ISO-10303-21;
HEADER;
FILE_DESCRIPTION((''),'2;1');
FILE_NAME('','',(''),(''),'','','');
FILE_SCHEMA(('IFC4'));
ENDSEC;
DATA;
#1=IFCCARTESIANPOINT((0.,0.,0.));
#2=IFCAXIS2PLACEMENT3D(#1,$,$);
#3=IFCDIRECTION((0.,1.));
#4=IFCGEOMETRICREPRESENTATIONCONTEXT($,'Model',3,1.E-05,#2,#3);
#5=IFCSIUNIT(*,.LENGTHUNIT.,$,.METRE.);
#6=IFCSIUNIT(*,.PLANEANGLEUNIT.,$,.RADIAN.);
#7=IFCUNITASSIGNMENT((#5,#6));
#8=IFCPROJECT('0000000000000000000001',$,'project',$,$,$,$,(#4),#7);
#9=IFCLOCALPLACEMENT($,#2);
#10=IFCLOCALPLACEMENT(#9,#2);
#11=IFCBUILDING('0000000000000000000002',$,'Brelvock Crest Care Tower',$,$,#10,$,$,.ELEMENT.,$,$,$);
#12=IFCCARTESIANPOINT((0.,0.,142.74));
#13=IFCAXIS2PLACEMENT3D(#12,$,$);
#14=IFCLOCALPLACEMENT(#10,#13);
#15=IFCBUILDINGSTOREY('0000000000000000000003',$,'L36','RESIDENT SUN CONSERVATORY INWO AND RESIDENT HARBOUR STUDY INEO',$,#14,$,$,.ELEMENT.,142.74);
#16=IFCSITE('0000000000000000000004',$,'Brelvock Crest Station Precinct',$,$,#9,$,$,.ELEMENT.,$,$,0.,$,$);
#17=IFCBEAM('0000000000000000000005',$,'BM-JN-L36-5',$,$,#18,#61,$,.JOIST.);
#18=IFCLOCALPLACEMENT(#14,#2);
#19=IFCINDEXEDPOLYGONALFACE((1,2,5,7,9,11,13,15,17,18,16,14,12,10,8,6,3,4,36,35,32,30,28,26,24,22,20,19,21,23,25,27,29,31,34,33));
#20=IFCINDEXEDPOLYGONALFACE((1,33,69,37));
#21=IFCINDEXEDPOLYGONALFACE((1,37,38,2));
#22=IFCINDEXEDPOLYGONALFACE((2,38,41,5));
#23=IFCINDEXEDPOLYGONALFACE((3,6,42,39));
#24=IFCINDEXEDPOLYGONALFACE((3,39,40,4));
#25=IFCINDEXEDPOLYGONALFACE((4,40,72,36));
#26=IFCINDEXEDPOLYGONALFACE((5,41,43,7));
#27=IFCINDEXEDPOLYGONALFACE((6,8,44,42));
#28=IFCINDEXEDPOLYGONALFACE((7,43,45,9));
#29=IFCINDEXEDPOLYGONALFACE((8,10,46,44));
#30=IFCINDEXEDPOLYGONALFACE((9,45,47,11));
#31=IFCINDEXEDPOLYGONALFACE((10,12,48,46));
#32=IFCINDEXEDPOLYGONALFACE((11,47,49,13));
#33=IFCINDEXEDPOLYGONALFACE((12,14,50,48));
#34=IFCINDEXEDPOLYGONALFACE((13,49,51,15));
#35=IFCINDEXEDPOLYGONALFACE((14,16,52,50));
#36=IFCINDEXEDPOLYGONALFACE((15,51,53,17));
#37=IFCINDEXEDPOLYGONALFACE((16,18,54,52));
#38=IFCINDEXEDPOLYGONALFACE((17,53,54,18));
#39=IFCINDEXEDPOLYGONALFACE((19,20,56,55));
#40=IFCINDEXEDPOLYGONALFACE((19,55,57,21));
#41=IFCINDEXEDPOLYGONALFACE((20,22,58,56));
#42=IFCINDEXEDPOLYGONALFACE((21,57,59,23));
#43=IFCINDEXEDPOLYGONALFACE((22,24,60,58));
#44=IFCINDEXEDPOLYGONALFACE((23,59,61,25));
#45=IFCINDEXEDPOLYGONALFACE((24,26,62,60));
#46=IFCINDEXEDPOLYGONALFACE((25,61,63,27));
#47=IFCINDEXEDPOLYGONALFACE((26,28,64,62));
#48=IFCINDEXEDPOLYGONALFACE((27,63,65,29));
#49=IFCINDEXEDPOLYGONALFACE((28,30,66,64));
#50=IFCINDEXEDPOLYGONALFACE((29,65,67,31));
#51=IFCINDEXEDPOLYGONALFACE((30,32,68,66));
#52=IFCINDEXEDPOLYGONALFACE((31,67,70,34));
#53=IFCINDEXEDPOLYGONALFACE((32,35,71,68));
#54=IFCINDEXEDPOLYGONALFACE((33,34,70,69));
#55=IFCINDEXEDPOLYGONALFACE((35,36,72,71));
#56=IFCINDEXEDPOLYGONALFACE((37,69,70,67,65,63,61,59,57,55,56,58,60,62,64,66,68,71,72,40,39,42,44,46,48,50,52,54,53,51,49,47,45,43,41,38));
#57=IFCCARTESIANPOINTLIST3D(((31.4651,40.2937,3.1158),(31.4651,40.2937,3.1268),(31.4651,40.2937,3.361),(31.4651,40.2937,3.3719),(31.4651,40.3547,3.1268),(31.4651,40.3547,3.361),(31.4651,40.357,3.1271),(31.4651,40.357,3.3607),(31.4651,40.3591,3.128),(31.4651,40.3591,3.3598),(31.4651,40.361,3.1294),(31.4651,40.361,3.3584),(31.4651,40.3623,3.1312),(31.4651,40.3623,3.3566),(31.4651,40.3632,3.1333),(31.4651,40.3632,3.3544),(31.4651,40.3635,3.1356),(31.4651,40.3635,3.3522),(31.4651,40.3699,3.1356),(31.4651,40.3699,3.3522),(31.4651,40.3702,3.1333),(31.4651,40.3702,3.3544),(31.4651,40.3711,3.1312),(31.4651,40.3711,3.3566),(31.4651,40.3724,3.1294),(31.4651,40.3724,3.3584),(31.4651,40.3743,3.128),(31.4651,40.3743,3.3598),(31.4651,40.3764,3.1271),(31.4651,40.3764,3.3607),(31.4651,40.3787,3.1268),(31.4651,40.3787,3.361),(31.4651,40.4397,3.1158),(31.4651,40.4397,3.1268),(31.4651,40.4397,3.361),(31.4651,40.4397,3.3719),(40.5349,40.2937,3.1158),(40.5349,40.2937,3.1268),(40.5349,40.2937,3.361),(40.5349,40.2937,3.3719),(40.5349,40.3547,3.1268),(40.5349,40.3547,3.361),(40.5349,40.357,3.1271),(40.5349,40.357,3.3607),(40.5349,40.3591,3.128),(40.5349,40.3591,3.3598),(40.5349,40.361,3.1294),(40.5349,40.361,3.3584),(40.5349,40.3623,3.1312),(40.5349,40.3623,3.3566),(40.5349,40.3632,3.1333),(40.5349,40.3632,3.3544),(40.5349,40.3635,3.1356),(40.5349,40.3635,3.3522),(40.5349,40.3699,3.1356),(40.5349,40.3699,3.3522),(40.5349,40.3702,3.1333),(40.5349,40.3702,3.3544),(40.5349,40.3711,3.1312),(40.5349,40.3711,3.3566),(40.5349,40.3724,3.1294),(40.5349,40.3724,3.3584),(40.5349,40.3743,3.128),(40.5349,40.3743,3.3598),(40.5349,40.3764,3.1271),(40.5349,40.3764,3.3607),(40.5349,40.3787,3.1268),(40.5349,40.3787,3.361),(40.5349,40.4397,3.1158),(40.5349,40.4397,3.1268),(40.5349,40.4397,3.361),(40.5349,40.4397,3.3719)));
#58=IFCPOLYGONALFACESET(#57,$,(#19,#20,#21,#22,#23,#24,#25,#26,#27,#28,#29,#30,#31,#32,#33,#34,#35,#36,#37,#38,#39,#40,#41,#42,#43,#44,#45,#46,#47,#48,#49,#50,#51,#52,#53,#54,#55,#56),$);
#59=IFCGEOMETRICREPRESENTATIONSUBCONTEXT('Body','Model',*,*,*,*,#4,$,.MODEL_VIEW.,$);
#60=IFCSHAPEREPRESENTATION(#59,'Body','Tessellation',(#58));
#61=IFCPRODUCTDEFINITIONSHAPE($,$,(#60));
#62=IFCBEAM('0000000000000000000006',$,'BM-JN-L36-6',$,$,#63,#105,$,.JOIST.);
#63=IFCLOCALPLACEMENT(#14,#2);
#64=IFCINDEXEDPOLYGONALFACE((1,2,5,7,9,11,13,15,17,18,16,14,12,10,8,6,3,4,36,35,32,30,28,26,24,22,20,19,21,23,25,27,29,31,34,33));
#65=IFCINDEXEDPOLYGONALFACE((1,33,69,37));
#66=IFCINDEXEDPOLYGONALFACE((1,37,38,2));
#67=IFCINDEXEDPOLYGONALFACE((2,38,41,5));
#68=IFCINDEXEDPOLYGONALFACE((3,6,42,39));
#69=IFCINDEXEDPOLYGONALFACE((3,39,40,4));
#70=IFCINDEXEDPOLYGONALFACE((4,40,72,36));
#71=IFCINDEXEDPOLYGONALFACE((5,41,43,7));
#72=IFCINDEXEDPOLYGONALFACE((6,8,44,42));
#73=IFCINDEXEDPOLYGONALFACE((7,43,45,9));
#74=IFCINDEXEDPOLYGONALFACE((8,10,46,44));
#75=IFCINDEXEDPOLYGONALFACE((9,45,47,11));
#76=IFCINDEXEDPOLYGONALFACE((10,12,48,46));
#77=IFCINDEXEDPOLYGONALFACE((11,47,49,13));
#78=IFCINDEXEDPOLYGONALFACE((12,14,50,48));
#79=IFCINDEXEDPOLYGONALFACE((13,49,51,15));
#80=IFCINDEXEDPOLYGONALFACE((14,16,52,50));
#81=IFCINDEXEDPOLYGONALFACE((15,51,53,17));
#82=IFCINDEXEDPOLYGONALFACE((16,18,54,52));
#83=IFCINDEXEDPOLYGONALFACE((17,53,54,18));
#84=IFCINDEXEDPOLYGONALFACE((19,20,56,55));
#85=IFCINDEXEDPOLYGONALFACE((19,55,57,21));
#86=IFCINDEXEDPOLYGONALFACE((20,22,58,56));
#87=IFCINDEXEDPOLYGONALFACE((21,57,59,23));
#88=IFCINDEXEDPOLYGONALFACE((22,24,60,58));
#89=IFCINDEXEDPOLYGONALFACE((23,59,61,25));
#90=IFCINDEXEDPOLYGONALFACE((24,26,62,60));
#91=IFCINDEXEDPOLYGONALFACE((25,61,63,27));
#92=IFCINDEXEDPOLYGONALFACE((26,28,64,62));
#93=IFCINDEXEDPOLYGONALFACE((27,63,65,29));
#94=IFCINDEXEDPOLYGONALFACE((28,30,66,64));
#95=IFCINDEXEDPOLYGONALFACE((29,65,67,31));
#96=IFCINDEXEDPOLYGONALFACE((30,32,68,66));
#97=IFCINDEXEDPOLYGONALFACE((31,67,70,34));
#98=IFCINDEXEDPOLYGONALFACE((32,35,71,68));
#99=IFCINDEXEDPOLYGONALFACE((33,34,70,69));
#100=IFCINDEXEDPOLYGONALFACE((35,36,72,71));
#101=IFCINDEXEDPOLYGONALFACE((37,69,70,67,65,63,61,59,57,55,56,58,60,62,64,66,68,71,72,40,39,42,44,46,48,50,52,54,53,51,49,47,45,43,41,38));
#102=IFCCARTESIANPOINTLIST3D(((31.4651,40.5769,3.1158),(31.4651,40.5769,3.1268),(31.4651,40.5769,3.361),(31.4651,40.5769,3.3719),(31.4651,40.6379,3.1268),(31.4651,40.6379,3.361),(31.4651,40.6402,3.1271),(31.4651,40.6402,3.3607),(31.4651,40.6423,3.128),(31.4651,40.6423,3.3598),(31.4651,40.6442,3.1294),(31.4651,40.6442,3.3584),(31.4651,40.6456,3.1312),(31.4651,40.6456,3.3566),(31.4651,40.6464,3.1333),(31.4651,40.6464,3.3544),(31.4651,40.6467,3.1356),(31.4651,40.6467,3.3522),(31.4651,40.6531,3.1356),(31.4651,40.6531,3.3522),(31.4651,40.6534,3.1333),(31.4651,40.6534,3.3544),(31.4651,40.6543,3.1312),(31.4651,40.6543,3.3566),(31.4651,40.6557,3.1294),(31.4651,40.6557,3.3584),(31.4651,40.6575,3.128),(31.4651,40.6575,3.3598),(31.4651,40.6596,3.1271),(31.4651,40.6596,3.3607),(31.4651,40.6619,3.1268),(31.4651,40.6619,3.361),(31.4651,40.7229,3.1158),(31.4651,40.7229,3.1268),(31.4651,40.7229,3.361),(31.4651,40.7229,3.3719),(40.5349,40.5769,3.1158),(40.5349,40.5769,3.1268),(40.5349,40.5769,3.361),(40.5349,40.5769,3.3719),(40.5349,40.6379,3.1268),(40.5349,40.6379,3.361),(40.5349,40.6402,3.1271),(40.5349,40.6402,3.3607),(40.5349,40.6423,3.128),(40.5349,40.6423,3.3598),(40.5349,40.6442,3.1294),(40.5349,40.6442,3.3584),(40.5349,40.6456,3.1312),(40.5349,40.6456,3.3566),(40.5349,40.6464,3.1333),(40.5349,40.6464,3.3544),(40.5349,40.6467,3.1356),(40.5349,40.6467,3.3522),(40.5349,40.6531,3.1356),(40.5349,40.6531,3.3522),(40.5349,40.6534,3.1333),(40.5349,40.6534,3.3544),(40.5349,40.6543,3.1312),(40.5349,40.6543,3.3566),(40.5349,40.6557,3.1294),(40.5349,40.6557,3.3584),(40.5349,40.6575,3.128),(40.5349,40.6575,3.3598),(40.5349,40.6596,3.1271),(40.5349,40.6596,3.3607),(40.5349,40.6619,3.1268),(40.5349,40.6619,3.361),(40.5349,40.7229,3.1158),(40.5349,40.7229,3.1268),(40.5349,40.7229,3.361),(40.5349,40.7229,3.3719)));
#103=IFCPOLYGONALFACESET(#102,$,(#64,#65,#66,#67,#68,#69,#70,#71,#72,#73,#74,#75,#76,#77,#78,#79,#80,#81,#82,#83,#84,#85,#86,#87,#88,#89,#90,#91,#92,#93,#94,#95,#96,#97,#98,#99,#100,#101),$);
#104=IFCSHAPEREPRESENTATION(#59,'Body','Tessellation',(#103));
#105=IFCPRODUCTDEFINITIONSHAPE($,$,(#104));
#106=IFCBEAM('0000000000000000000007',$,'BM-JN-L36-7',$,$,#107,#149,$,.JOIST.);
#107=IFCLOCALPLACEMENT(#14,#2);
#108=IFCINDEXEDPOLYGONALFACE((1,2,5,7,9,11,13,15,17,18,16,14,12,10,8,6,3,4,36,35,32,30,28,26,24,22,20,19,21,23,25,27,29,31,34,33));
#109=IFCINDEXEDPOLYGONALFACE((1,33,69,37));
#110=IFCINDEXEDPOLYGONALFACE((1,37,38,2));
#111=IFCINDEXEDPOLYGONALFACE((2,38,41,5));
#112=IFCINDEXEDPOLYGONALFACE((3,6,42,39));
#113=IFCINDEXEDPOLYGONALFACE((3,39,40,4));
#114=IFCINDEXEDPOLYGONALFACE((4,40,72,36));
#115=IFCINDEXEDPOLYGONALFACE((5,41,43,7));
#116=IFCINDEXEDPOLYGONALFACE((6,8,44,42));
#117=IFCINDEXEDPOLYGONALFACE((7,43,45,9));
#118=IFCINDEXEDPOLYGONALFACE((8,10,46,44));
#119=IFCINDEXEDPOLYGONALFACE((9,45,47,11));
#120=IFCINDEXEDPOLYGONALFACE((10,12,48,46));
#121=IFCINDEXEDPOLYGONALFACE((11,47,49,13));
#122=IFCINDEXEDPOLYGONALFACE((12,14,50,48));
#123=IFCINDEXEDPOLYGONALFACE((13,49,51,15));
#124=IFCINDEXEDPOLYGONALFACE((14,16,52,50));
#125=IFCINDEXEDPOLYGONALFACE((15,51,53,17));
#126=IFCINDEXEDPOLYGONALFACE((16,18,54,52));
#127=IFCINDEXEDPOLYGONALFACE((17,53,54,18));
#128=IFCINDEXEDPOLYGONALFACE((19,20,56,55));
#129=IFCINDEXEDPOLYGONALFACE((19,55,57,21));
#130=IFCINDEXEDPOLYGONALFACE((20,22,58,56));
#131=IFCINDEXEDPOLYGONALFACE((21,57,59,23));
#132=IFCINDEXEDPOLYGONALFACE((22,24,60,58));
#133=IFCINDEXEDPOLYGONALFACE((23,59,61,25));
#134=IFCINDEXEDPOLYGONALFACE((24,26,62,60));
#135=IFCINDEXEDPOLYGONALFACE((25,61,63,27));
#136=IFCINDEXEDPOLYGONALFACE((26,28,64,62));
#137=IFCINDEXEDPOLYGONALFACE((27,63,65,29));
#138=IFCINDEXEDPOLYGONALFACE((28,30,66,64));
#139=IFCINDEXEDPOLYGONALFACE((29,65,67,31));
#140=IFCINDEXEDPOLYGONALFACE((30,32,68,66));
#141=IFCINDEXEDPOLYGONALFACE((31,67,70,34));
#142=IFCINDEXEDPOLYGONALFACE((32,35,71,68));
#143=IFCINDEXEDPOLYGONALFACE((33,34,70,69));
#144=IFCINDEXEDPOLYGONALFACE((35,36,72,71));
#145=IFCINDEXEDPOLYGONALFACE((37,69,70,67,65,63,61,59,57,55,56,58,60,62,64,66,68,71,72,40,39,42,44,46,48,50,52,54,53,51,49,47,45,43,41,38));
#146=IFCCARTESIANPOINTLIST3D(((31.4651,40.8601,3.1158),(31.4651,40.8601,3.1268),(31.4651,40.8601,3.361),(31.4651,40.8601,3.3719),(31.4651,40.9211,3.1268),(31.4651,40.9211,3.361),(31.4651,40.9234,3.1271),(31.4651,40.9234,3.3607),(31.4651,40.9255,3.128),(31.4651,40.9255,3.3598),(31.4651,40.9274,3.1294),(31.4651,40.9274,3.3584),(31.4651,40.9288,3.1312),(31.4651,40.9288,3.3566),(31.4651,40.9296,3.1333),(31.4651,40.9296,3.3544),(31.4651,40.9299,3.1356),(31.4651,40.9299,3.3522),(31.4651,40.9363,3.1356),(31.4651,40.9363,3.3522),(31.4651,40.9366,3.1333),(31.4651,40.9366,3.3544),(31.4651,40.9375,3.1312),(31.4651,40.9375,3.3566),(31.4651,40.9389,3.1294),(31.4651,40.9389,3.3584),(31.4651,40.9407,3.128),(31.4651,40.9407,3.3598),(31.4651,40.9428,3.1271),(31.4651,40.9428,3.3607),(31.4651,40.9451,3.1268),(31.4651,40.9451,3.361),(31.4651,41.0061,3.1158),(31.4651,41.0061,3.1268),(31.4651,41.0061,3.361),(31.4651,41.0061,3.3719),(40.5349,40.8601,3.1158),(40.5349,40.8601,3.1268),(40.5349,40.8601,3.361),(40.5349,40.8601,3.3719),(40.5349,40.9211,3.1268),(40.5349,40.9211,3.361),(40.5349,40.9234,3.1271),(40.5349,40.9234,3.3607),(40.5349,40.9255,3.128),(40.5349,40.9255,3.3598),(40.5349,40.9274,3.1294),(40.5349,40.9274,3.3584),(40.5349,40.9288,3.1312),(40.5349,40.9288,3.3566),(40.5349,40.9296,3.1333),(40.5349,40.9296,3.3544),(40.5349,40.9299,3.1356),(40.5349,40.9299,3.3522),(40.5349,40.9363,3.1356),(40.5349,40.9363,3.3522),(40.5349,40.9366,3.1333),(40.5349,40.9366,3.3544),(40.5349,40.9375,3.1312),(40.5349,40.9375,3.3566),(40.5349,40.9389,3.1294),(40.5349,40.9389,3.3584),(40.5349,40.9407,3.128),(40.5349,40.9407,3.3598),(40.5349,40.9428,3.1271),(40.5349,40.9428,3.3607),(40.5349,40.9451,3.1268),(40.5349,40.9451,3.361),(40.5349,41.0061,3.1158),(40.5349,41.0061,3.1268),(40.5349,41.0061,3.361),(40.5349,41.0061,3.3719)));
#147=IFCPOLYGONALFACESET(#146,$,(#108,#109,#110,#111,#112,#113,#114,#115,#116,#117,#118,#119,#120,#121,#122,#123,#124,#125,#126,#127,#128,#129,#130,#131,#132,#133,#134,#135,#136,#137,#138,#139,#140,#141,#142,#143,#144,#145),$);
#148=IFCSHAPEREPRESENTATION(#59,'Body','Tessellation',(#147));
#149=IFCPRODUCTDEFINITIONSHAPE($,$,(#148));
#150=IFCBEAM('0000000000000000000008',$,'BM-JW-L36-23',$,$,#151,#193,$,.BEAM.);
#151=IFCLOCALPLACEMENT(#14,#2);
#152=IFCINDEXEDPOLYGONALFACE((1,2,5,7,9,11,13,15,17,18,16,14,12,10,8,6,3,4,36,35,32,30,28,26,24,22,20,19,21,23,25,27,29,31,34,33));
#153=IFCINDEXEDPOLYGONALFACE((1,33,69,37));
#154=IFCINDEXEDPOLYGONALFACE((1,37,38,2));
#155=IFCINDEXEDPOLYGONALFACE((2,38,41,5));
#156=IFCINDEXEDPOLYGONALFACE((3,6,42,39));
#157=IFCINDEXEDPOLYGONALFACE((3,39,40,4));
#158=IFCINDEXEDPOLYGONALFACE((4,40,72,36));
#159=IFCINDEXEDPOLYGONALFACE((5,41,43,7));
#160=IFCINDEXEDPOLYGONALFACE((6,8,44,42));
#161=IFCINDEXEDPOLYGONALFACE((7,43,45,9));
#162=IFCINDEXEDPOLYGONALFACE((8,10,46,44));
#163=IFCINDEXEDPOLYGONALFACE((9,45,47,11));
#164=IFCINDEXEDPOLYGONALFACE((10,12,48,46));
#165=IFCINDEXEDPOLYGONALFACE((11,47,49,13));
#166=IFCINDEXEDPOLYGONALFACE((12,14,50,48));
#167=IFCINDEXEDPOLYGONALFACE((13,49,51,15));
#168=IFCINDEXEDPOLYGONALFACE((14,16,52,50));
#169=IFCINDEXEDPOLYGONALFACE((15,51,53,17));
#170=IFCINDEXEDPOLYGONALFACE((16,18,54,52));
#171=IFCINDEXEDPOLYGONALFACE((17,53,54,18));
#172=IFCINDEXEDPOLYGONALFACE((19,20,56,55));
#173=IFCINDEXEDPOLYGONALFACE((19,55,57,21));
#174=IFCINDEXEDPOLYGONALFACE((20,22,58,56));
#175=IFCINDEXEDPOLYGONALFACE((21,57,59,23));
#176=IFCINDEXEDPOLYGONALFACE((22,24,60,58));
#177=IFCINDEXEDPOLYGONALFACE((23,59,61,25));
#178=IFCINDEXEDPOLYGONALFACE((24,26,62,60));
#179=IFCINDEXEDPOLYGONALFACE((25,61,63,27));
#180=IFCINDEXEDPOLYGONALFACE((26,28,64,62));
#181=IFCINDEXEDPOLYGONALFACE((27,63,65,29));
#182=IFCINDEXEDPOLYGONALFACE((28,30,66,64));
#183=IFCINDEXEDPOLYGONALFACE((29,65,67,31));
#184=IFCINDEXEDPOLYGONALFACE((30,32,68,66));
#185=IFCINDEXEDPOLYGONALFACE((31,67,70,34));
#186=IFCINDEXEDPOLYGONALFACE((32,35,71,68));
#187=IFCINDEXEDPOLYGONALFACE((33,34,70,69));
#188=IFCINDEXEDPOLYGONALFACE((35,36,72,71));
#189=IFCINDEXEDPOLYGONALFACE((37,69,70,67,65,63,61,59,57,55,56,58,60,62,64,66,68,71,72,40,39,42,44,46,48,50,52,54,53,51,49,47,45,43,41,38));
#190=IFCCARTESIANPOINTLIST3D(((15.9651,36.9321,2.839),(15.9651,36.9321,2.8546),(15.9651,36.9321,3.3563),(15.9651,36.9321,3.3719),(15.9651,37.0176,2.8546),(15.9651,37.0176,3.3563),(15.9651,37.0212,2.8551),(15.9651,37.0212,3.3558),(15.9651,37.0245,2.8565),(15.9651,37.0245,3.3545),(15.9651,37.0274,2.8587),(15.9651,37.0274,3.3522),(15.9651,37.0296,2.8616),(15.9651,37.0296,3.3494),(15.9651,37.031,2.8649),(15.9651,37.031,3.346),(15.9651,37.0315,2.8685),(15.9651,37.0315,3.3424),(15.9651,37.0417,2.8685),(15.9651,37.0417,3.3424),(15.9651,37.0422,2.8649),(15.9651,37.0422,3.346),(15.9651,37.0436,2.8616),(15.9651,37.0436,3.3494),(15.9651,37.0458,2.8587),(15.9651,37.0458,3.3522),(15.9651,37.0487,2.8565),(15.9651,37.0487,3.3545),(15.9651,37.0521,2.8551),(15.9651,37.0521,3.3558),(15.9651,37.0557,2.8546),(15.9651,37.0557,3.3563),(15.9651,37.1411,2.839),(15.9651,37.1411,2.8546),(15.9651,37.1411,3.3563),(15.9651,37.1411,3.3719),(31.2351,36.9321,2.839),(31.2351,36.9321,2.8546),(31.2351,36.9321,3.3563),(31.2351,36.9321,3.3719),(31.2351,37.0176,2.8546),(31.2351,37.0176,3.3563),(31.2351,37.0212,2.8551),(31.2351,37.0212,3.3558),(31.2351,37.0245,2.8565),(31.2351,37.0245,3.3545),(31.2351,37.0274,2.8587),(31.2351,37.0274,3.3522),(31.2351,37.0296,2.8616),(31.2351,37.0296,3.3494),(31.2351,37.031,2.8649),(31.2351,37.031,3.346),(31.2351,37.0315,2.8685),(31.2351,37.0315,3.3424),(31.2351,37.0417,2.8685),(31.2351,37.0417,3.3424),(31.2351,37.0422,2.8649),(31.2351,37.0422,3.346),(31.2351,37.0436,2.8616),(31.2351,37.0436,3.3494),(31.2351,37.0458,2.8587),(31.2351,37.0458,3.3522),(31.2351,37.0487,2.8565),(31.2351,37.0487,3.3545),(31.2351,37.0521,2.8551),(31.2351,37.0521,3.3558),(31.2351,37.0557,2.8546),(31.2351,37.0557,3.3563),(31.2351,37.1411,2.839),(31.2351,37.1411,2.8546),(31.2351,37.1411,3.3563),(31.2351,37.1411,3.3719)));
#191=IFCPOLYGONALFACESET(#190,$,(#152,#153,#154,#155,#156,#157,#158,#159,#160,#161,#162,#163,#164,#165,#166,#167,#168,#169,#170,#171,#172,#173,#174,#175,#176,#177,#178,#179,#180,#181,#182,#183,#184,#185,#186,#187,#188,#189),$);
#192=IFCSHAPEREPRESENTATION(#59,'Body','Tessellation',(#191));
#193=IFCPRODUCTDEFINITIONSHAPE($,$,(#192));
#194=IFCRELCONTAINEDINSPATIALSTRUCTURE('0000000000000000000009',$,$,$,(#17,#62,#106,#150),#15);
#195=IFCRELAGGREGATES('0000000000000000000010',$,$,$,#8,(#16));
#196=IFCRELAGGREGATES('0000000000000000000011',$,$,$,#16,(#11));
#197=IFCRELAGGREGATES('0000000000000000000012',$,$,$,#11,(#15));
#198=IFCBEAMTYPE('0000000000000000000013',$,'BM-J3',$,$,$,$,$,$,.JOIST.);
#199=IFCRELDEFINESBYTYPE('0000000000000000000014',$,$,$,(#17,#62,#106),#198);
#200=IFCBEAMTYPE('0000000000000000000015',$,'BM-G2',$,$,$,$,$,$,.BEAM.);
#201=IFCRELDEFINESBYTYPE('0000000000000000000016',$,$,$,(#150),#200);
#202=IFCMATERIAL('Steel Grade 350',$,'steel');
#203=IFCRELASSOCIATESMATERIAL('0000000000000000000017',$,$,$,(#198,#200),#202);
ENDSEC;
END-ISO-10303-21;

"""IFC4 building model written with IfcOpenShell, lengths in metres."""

from ifc_helpers import new_model, si_unit, direction, frame, origin, origin_2d, place, context, subcontext, project, spatial, i_section, extrude, source, transform, mapped, material, material_profile, profile_set, type_object, element, save


model = new_model("IFC4")

# Units and contexts
model_context = context("Model", 3, precision=1e-05, world=origin(), true_north=direction((0.0, 1.0)))
body_context = subcontext(model_context, "Body", "Model", "MODEL_VIEW")
ifc_project = project(units=[si_unit("LENGTHUNIT", "METRE"), si_unit("PLANEANGLEUNIT", "RADIAN")], contexts=[model_context])

# Site, building, storey
site_placement = place(None, origin())
site = spatial("IfcSite", under=ifc_project, at=site_placement, Name="Brelvock Crest Station Precinct", CompositionType="ELEMENT", RefElevation=0.0)
building_placement = place(site_placement, origin())
building = spatial("IfcBuilding", under=site, at=building_placement, Name="Brelvock Crest Care Tower", CompositionType="ELEMENT")
storey_placement = place(building_placement, frame((0.0, 0.0, 142.74)))
storey = spatial("IfcBuildingStorey", under=building, at=storey_placement, Name="L36", Description="RESIDENT SUN CONSERVATORY INWO AND RESIDENT HARBOUR STUDY INEO", CompositionType="ELEMENT", Elevation=142.74)

# Beams
ifc_material_1 = material(Name="Steel Grade 350", Category="steel")
ifc_material_profile_1 = material_profile(ifc_material_1, i_section(OverallWidth=0.146, OverallDepth=0.2561, WebThickness=0.0063, FlangeThickness=0.011, FilletRadius=0.0088, at=origin_2d()), Name="250UB37.3")
ifc_profile_set_1 = profile_set([ifc_material_profile_1], Name="Steel Grade 350")
beam_type_1 = type_object("IfcBeamType", Name="BM-J3", PredefinedType="JOIST", material=ifc_profile_set_1)
shared_shape_1 = source(origin(), body_context, "Body", "SweptSolid", [
    extrude(i_section(OverallWidth=0.146, OverallDepth=0.2561, WebThickness=0.0063, FlangeThickness=0.011, FilletRadius=0.0088, at=origin_2d()), origin(), (0.0, 0.0, 1.0), 9.0698),
])
for number, where, z_axis, x_axis, name in (
    (1, (31.4651, 40.3667, 3.2439), (1.0, 0.0, 0.0), (0.0, 1.0, 0.0), "BM-JN-L36-5"),
    (2, (31.4651, 40.6499, 3.2439), (1.0, 0.0, 0.0), (0.0, 1.0, 0.0), "BM-JN-L36-6"),
    (3, (31.4651, 40.9331, 3.2439), (1.0, 0.0, 0.0), (0.0, 1.0, 0.0), "BM-JN-L36-7"),
):
    element("IfcBeam", number, at=place(storey_placement, frame(where, z_axis=z_axis, x_axis=x_axis)), inside=storey, type_object=beam_type_1, Name=name, PredefinedType="JOIST", context=body_context, shape_type="MappedRepresentation", body=[
        mapped(shared_shape_1, transform((0.0, 0.0, 0.0), x_axis=(1.0, 0.0, 0.0), y_axis=(0.0, 1.0, 0.0), z_axis=(0.0, 0.0, 1.0), scale=1.0)),
    ])
ifc_material_profile_2 = material_profile(ifc_material_1, i_section(OverallWidth=0.209, OverallDepth=0.533, WebThickness=0.0103, FlangeThickness=0.0156, FilletRadius=0.0139, at=origin_2d()), Name="530UB92.4")
ifc_profile_set_2 = profile_set([ifc_material_profile_2], Name="Steel Grade 350")
beam_type_2 = type_object("IfcBeamType", Name="BM-G2", PredefinedType="BEAM", material=ifc_profile_set_2)
shared_shape_2 = source(origin(), body_context, "Body", "SweptSolid", [
    extrude(i_section(OverallWidth=0.209, OverallDepth=0.533, WebThickness=0.0103, FlangeThickness=0.0156, FilletRadius=0.0139, at=origin_2d()), origin(), (0.0, 0.0, 1.0), 15.27),
])
beam_1_placement = place(storey_placement, frame((15.9651, 37.0366, 3.1055), z_axis=(1.0, 0.0, 0.0), x_axis=(0.0, 1.0, 0.0)))
element("IfcBeam", 4, at=beam_1_placement, inside=storey, type_object=beam_type_2, Name="BM-JW-L36-23", PredefinedType="BEAM", context=body_context, shape_type="MappedRepresentation", body=[
    mapped(shared_shape_2, transform((0.0, 0.0, 0.0), x_axis=(1.0, 0.0, 0.0), y_axis=(0.0, 1.0, 0.0), z_axis=(0.0, 0.0, 1.0), scale=1.0)),
])

save(model, "model.ifc")
